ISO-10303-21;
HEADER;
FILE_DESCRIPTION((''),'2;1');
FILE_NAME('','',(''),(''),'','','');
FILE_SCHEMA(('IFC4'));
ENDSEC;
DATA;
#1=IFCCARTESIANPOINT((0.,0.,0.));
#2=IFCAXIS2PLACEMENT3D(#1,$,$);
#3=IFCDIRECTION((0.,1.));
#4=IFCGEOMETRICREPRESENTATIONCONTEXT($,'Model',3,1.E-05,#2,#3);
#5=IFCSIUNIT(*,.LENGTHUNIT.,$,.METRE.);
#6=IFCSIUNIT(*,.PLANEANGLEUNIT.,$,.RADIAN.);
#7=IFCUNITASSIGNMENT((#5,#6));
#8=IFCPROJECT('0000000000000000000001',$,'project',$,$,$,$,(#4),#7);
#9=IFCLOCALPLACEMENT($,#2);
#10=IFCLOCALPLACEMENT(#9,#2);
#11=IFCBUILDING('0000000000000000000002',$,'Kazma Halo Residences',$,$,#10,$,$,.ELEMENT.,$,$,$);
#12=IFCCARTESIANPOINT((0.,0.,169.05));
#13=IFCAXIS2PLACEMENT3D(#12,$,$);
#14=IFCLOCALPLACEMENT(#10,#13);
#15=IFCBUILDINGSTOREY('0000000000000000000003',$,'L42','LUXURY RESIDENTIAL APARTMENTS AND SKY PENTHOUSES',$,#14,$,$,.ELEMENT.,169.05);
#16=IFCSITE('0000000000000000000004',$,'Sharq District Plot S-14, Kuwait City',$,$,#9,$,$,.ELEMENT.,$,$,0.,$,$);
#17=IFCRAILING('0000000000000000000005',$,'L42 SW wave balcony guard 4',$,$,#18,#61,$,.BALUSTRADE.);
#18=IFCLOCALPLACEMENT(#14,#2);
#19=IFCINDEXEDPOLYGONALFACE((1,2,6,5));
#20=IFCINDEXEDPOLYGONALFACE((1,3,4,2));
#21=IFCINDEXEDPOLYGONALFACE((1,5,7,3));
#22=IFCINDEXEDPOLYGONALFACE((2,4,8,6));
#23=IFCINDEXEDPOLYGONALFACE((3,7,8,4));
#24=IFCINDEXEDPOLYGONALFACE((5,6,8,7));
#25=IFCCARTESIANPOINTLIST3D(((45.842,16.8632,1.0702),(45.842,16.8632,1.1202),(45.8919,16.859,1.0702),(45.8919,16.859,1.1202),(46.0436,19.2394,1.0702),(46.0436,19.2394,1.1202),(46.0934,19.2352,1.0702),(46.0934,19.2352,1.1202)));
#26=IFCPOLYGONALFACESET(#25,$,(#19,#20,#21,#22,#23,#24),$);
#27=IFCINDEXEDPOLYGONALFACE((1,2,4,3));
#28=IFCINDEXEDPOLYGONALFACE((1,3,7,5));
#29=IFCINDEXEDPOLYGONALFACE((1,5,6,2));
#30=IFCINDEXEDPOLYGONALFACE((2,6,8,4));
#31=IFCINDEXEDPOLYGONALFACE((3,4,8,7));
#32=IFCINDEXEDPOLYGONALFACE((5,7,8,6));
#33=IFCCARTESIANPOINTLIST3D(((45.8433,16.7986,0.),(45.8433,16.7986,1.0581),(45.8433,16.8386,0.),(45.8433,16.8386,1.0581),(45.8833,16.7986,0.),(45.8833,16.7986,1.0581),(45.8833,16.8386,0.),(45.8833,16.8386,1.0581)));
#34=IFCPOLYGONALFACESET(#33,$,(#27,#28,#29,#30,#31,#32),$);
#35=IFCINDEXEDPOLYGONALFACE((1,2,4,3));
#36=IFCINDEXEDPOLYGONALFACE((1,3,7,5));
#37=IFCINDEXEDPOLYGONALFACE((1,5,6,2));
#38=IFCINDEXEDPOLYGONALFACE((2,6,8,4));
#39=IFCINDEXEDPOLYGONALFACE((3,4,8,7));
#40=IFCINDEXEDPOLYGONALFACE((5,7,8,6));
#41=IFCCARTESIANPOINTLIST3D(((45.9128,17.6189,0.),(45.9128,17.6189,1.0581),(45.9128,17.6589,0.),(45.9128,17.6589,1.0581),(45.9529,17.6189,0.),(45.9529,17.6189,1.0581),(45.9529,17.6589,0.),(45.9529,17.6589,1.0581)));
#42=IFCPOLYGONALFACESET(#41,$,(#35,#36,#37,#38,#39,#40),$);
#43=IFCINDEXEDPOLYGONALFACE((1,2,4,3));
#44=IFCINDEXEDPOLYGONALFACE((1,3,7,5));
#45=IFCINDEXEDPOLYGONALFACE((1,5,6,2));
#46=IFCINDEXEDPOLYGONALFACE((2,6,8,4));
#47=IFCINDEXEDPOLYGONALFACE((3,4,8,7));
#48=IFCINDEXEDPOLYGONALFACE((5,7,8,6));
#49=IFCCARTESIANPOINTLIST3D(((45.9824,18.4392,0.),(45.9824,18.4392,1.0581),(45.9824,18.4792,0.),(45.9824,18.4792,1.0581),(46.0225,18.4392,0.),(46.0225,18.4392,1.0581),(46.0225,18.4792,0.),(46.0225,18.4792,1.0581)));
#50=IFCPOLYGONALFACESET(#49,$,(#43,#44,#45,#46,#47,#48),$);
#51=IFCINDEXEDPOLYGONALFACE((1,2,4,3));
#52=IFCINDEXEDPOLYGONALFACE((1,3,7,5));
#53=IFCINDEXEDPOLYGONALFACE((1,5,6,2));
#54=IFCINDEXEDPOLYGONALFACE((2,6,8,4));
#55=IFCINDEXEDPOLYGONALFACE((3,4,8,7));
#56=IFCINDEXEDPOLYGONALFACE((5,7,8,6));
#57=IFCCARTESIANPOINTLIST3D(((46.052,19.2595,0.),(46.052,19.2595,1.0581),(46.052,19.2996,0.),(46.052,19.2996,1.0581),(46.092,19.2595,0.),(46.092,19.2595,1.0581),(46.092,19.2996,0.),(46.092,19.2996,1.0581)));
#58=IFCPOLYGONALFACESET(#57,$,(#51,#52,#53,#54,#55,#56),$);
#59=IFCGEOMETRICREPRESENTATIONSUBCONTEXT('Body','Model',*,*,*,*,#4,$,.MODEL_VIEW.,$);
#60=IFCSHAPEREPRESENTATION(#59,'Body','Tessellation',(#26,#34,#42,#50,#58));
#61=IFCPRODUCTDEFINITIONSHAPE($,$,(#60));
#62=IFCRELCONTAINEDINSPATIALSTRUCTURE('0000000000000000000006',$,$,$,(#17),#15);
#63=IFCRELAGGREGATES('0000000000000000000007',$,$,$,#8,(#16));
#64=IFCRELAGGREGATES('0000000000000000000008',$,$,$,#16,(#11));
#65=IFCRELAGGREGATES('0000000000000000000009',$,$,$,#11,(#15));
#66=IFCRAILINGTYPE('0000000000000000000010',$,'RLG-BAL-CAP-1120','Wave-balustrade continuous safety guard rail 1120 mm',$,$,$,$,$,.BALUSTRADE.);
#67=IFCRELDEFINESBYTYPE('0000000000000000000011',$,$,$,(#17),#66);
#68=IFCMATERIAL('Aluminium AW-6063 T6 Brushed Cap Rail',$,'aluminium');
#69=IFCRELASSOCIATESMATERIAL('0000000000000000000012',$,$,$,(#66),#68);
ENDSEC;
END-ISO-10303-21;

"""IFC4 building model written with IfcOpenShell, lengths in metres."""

from ifc_helpers import new_model, si_unit, direction, frame, origin, origin_2d, place, context, subcontext, project, spatial, rectangle, extrude, material, type_object, element, save


model = new_model("IFC4")

# Units and contexts
model_context = context("Model", 3, precision=1e-05, world=origin(), true_north=direction((0.0, 1.0)))
body_context = subcontext(model_context, "Body", "Model", "MODEL_VIEW")
ifc_project = project(units=[si_unit("LENGTHUNIT", "METRE"), si_unit("PLANEANGLEUNIT", "RADIAN")], contexts=[model_context])

# Site, building, storey
site_placement = place(None, origin())
site = spatial("IfcSite", under=ifc_project, at=site_placement, Name="Sharq District Plot S-14, Kuwait City", CompositionType="ELEMENT", RefElevation=0.0)
building_placement = place(site_placement, origin())
building = spatial("IfcBuilding", under=site, at=building_placement, Name="Kazma Halo Residences", CompositionType="ELEMENT")
storey_placement = place(building_placement, frame((0.0, 0.0, 169.05)))
storey = spatial("IfcBuildingStorey", under=building, at=storey_placement, Name="L42", Description="LUXURY RESIDENTIAL APARTMENTS AND SKY PENTHOUSES", CompositionType="ELEMENT", Elevation=169.05)

# Railing
ifc_material_1 = material(Name="Aluminium AW-6063 T6 Brushed Cap Rail", Category="aluminium")
railing_type = type_object("IfcRailingType", Name="RLG-BAL-CAP-1120", Description="Wave-balustrade continuous safety guard rail 1120 mm", PredefinedType="BALUSTRADE", material=ifc_material_1)
railing_1_placement = place(storey_placement, frame((45.8633, 16.8186, 0.0)))
element("IfcRailing", 1, at=railing_1_placement, inside=storey, type_object=railing_type, Name="L42 SW wave balcony guard 4", PredefinedType="BALUSTRADE", context=body_context, shape_type="SweptSolid", body=[
    extrude(rectangle(XDim=0.05, YDim=0.05, at=origin_2d()), frame((0.0037, 0.0425, 1.0952), z_axis=(0.084518, 0.996422, 0.0), x_axis=(-0.996422, 0.084518, 0.0)), (0.0, 0.0, 1.0), 2.3848),
    extrude(rectangle(XDim=0.04, YDim=0.04, at=origin_2d()), origin(), (0.0, 0.0, 1.0), 1.0581),
    extrude(rectangle(XDim=0.04, YDim=0.04, at=origin_2d()), frame((0.0696, 0.8203, 0.0)), (0.0, 0.0, 1.0), 1.0581),
    extrude(rectangle(XDim=0.04, YDim=0.04, at=origin_2d()), frame((0.1392, 1.6406, 0.0)), (0.0, 0.0, 1.0), 1.0581),
    extrude(rectangle(XDim=0.04, YDim=0.04, at=origin_2d()), frame((0.2087, 2.4609, 0.0)), (0.0, 0.0, 1.0), 1.0581),
])

save(model, "model.ifc")
